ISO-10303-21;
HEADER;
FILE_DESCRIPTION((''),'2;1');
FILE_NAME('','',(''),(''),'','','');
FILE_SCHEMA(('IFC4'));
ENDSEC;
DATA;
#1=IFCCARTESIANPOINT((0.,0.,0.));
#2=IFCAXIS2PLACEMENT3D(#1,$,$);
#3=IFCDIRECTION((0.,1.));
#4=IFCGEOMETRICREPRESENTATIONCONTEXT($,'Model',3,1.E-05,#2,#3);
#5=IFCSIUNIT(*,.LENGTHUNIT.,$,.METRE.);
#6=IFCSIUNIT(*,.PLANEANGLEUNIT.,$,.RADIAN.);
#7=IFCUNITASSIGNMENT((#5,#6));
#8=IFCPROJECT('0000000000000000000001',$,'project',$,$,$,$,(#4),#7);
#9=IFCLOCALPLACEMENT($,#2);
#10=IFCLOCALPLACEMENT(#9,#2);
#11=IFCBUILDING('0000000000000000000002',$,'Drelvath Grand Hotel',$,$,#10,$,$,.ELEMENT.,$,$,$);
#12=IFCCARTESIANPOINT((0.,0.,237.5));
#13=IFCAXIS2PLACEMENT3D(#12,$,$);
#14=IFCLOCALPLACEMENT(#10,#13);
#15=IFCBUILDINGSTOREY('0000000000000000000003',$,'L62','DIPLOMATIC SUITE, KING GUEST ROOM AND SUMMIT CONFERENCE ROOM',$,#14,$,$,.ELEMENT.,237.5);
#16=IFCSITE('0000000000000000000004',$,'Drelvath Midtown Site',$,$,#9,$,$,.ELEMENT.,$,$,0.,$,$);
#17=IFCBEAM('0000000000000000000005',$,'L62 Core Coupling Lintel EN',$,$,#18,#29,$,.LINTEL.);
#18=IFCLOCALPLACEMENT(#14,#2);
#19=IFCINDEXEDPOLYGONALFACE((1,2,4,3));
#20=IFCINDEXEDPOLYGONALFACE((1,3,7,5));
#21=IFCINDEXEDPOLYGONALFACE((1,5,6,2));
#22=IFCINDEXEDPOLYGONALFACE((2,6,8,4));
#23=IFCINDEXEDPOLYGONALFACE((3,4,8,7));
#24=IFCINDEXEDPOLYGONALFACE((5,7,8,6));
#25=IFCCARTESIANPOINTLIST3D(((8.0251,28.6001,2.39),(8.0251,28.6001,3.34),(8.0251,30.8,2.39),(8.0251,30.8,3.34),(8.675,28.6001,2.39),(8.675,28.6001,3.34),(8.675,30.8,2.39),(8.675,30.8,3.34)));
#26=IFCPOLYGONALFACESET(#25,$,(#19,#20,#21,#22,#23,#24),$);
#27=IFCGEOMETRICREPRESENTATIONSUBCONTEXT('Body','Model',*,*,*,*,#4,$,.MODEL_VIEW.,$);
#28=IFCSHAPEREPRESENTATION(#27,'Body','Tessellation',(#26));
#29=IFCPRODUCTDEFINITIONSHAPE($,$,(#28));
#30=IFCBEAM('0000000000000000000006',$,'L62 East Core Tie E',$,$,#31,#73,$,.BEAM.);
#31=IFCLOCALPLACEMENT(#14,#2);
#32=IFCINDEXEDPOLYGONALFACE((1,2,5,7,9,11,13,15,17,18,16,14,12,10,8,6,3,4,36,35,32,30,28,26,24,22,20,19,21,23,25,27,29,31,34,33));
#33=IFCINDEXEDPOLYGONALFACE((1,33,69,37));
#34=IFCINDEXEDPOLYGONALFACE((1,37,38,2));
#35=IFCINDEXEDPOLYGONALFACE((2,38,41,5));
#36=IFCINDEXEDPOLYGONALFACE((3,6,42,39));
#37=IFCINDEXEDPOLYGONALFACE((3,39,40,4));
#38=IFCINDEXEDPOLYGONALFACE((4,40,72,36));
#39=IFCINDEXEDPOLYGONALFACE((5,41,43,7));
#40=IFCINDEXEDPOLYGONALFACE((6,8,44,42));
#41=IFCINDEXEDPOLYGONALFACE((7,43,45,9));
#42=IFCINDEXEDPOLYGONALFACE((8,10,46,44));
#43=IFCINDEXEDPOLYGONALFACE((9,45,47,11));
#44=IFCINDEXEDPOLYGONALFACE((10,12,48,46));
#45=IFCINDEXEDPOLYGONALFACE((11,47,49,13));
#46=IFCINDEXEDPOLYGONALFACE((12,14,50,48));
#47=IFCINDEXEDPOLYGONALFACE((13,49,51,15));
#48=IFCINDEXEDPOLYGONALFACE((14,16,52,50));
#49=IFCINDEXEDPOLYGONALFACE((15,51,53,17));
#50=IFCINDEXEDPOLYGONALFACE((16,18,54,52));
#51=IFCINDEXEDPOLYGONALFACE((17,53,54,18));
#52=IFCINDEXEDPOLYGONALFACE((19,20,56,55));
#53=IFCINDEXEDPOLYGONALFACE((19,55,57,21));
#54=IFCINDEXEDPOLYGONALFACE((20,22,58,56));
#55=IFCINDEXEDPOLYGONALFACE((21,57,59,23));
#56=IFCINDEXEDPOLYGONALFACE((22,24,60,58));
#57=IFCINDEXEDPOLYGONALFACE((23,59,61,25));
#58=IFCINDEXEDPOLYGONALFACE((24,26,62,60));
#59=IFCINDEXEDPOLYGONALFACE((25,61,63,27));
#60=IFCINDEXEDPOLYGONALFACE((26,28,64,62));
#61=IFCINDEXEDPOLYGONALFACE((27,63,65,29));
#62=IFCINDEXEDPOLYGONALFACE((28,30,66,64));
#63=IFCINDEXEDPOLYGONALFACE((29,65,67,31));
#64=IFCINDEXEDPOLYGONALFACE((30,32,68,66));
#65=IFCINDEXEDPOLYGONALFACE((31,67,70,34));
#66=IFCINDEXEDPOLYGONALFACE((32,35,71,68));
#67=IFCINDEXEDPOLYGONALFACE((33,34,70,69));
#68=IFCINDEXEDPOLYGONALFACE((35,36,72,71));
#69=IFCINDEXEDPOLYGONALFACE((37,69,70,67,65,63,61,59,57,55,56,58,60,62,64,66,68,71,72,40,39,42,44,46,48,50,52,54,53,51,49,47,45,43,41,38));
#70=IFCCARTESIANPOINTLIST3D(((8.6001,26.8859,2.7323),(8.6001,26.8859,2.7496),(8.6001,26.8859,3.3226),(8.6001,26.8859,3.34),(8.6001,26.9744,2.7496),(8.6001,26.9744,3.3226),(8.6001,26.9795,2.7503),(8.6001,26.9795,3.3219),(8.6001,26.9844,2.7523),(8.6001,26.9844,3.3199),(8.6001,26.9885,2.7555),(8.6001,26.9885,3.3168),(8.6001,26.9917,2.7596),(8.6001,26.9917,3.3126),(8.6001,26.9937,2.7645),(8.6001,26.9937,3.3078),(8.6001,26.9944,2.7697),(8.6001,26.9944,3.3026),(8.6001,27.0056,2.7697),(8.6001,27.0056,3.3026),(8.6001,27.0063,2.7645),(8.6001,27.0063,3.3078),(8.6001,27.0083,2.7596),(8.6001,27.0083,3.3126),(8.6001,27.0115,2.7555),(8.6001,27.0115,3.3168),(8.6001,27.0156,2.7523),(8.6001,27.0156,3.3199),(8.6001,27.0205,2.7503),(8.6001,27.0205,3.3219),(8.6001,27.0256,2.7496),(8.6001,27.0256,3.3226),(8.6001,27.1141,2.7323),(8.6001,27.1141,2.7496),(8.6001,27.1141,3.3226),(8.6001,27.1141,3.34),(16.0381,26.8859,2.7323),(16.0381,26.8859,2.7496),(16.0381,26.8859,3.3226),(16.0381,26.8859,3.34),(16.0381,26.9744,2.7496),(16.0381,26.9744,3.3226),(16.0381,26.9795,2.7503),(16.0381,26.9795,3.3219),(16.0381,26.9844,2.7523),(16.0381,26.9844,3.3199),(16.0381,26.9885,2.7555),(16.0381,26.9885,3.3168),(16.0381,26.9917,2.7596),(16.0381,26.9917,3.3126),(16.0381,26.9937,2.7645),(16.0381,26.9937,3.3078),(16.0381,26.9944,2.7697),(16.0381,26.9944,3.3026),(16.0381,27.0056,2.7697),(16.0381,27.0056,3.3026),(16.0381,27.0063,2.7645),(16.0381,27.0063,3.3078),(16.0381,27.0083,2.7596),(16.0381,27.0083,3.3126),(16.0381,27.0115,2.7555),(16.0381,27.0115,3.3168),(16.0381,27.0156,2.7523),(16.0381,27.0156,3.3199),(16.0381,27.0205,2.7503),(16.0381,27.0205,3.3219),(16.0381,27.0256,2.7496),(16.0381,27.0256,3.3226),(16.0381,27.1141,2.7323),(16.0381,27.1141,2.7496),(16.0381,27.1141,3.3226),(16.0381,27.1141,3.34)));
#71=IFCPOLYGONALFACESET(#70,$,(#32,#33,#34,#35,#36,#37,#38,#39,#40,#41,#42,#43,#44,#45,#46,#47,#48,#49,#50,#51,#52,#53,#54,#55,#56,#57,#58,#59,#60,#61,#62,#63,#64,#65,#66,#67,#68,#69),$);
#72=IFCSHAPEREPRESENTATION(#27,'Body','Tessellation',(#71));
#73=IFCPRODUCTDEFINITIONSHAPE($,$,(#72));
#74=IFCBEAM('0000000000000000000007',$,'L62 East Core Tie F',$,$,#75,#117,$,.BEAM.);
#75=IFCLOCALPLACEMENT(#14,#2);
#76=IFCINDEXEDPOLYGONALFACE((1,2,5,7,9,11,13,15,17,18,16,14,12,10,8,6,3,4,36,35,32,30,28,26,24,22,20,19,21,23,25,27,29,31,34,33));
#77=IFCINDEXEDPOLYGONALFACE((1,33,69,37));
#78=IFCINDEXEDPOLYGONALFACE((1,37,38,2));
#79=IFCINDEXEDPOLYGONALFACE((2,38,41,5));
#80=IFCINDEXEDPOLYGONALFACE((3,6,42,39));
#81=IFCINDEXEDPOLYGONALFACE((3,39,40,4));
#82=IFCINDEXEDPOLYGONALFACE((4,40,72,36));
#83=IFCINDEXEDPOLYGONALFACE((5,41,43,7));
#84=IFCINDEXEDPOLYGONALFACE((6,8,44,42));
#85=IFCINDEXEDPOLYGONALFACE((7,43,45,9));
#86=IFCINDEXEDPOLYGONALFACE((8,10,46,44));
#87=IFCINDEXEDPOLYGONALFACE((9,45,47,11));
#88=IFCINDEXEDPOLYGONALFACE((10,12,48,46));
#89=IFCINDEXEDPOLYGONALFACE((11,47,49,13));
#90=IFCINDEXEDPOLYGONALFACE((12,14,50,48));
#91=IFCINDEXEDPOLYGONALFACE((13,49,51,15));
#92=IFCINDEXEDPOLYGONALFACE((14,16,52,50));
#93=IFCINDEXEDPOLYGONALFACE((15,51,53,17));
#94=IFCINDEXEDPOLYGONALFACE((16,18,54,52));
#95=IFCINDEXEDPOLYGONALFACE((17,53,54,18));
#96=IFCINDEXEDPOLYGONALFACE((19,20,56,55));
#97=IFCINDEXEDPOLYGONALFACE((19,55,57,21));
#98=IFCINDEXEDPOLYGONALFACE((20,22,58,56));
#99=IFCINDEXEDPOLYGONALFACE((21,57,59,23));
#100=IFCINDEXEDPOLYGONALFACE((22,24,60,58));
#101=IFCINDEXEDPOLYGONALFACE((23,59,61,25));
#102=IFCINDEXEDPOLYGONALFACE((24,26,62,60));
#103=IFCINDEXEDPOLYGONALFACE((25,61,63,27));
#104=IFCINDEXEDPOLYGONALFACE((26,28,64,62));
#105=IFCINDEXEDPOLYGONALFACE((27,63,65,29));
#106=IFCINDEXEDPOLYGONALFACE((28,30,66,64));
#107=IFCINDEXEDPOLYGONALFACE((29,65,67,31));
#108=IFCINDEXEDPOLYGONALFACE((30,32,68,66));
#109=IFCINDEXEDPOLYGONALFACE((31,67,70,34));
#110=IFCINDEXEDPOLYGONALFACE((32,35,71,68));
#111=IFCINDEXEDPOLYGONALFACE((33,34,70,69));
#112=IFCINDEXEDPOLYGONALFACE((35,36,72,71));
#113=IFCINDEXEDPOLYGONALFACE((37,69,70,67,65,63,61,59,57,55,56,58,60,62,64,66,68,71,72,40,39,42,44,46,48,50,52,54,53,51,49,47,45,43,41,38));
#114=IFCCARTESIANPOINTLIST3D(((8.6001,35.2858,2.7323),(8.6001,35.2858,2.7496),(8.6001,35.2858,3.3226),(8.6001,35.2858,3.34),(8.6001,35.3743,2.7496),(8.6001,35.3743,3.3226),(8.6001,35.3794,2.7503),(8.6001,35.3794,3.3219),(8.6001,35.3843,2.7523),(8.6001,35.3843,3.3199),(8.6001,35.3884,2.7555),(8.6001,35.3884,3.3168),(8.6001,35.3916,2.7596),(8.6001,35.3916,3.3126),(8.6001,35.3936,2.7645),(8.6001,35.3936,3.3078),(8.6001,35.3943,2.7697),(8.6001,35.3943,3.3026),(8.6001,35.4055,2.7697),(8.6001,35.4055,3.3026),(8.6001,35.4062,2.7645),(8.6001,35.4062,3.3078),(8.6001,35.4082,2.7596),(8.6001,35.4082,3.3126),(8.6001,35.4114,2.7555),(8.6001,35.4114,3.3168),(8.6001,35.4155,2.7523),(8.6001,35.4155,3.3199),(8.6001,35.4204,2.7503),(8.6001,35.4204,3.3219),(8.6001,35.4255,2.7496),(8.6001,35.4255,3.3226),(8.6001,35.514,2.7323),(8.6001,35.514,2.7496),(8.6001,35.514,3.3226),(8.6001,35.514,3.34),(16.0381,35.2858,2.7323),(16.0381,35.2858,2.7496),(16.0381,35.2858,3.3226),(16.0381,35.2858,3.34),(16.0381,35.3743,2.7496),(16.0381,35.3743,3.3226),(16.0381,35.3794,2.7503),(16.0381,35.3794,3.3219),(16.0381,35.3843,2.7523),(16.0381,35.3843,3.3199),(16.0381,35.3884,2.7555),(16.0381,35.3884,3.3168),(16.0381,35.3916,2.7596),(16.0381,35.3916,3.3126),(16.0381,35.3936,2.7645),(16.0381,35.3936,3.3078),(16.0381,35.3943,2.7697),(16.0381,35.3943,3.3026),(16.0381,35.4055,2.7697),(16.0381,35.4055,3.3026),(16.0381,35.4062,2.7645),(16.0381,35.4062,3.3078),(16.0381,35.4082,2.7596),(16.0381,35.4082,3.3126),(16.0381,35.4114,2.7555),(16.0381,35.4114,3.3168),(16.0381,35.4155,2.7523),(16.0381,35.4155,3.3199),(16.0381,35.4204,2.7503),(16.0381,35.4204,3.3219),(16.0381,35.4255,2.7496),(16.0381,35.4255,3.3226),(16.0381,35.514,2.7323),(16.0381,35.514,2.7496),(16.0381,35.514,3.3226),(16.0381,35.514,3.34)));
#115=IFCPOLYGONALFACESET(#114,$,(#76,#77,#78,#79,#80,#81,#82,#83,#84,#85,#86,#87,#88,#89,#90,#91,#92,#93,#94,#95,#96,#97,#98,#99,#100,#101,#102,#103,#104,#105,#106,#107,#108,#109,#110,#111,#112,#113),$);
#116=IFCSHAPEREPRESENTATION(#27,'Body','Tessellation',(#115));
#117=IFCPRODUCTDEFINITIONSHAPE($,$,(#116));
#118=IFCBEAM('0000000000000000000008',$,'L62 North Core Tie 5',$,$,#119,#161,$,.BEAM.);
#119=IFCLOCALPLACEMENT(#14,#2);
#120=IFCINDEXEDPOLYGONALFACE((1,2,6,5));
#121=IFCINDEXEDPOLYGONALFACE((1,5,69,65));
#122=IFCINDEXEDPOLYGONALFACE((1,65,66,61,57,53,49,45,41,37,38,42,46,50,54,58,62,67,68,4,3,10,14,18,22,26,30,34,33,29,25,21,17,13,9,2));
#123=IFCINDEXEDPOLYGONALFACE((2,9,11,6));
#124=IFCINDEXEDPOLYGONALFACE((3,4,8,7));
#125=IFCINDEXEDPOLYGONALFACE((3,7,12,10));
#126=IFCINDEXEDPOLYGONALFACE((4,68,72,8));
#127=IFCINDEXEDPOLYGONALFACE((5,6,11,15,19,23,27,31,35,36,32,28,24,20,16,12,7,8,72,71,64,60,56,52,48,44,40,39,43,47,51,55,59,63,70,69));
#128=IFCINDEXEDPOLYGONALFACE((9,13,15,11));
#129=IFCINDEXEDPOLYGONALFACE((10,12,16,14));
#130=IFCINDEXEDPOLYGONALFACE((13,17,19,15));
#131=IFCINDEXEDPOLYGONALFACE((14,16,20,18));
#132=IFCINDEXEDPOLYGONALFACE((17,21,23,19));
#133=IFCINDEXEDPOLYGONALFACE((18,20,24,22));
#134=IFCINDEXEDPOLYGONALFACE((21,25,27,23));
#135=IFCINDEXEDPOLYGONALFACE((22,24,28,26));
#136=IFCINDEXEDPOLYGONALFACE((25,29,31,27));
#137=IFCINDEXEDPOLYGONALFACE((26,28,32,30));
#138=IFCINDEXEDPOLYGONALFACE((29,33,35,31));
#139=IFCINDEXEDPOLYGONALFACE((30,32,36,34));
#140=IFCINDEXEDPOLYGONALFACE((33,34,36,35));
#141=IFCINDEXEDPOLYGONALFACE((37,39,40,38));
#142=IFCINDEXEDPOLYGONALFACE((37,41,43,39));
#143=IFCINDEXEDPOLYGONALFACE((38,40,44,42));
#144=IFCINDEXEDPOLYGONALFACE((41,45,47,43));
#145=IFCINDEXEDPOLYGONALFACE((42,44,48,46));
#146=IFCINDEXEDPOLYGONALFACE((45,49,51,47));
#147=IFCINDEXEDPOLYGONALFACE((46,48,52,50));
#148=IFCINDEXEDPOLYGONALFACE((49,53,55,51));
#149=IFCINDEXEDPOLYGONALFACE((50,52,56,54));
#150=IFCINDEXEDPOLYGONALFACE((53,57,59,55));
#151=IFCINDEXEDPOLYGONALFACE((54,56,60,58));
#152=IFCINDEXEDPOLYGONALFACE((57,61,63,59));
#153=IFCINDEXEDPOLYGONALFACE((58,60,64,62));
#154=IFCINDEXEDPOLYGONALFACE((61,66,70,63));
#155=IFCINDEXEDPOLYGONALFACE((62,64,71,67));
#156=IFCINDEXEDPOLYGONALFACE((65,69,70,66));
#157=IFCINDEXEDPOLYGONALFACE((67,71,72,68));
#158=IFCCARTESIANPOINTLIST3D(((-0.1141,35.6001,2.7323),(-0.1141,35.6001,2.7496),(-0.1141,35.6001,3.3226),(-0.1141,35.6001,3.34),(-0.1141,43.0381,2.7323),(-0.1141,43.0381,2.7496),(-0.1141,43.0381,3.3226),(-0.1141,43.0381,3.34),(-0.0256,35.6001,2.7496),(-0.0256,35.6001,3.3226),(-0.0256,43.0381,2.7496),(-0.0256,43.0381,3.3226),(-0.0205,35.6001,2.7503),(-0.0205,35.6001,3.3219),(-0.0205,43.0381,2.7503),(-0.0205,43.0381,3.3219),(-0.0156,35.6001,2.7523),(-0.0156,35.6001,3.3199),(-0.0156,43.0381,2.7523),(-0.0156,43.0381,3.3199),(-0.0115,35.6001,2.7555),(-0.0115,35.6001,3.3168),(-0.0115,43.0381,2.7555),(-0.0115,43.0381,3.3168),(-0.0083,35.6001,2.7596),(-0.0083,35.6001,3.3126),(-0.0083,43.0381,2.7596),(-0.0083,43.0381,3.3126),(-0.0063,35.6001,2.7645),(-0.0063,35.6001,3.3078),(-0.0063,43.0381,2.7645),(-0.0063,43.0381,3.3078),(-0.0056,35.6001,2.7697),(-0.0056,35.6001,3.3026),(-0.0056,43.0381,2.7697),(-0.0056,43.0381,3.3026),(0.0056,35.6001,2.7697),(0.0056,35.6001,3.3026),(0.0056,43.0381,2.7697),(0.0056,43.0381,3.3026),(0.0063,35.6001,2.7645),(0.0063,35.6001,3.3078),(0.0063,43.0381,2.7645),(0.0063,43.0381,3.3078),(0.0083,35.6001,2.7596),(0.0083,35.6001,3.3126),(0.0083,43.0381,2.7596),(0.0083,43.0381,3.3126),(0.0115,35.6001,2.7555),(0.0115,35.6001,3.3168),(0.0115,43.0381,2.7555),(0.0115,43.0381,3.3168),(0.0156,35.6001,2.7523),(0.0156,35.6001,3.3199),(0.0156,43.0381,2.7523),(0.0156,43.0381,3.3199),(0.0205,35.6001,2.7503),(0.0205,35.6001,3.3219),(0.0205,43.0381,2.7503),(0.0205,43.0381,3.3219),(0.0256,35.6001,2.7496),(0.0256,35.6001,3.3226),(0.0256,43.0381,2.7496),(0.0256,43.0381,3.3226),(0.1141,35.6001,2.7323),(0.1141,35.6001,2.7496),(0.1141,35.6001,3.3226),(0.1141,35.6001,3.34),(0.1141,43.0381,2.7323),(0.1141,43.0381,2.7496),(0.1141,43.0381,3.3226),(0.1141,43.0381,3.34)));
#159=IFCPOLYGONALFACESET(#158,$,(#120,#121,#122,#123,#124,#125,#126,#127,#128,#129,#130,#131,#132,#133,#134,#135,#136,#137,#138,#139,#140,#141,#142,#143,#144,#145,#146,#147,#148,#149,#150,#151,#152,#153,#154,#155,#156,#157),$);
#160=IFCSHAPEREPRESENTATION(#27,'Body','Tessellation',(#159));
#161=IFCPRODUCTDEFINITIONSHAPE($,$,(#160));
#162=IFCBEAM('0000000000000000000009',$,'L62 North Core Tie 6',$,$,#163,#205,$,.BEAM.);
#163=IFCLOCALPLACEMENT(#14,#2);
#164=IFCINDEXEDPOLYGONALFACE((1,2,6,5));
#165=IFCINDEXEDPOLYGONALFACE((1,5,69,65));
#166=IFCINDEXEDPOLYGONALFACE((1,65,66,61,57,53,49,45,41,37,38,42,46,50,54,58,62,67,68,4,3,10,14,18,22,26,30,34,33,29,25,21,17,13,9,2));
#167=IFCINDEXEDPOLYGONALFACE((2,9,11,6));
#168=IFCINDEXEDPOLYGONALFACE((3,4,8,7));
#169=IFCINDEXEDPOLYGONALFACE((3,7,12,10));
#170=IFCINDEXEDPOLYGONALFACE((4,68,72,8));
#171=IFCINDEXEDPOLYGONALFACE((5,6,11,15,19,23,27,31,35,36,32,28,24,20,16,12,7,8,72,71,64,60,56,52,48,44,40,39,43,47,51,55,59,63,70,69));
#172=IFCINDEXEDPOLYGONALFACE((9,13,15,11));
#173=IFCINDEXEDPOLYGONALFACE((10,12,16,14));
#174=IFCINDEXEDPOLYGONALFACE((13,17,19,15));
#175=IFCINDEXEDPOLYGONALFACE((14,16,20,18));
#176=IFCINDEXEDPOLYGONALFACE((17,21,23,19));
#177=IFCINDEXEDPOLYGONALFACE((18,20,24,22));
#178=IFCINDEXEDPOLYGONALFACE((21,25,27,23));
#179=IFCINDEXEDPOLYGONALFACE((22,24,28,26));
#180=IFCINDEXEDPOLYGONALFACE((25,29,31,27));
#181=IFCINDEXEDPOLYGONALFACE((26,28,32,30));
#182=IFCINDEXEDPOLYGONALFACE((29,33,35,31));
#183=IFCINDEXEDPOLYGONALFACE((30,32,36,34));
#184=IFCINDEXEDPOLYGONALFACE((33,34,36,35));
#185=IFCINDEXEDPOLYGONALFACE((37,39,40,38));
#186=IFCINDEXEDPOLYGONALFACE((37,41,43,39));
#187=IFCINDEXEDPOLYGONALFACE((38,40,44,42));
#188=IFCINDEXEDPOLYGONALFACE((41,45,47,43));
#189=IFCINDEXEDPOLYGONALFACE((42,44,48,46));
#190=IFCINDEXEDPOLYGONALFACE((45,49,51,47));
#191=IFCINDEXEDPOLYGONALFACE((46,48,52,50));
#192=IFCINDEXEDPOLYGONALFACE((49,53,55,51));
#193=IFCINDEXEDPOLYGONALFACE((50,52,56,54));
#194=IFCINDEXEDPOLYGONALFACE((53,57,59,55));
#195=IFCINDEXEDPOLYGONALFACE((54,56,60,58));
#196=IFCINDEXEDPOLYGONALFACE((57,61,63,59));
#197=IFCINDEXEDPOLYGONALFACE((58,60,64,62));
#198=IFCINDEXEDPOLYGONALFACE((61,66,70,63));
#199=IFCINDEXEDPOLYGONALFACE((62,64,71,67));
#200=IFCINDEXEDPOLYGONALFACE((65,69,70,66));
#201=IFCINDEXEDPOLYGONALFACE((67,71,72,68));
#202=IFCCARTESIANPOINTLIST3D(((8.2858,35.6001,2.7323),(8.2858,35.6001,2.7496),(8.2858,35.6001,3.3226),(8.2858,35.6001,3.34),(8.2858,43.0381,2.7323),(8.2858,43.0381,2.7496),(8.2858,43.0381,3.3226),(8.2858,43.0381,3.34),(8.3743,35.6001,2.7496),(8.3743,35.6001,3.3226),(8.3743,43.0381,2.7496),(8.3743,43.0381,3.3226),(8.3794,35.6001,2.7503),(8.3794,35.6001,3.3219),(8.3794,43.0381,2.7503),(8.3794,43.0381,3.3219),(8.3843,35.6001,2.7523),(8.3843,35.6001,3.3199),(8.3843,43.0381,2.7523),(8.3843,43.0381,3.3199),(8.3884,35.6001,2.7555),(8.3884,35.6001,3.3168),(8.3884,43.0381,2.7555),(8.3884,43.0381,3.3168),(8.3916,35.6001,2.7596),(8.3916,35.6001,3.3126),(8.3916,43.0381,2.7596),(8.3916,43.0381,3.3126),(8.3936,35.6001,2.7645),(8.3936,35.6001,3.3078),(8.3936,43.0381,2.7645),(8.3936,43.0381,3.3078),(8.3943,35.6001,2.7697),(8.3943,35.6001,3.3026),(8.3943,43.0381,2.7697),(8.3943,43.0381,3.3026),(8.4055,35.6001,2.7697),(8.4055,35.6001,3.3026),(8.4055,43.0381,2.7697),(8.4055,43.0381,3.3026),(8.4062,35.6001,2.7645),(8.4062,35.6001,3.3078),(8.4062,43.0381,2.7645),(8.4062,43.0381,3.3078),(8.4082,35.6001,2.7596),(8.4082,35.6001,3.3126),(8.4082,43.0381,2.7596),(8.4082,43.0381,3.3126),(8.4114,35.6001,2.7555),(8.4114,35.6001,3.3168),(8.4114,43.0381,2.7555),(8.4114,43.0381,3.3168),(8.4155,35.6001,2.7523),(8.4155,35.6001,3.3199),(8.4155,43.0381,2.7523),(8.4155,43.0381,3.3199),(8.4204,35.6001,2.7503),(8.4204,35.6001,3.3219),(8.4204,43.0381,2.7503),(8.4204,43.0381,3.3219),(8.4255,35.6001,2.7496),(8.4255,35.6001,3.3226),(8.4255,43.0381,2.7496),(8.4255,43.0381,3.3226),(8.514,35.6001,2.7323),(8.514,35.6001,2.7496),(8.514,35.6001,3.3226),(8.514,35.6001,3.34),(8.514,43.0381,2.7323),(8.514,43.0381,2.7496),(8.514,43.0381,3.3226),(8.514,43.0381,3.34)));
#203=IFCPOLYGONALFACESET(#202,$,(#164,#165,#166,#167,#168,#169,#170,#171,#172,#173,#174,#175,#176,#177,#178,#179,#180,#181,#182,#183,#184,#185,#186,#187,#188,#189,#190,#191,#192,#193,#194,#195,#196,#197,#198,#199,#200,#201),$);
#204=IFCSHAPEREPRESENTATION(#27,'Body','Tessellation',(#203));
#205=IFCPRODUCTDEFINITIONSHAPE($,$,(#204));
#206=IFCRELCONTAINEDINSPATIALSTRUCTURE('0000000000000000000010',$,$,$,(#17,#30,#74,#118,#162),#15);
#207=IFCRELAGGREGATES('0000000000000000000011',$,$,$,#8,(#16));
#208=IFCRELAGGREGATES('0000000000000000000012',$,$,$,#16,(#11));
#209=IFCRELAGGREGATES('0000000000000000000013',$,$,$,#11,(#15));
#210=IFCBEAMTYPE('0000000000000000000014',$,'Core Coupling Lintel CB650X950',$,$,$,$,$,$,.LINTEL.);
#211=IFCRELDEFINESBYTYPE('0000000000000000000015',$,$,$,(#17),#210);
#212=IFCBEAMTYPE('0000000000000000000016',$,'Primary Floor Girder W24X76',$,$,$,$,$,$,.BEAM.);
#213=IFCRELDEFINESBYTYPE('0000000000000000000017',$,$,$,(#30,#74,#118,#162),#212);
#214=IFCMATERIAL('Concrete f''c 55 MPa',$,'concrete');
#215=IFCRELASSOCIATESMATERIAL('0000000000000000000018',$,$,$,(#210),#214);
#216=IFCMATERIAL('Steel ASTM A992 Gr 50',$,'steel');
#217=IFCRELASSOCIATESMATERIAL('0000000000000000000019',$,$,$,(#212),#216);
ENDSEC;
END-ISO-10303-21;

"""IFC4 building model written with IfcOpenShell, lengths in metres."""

from ifc_helpers import new_model, si_unit, direction, frame, origin, origin_2d, place, context, subcontext, project, spatial, rectangle, i_section, extrude, material, material_profile, profile_set, type_object, element, save


model = new_model("IFC4")

# Units and contexts
model_context = context("Model", 3, precision=1e-05, world=origin(), true_north=direction((0.0, 1.0)))
body_context = subcontext(model_context, "Body", "Model", "MODEL_VIEW")
ifc_project = project(units=[si_unit("LENGTHUNIT", "METRE"), si_unit("PLANEANGLEUNIT", "RADIAN")], contexts=[model_context])

# Site, building, storey
site_placement = place(None, origin())
site = spatial("IfcSite", under=ifc_project, at=site_placement, Name="Drelvath Midtown Site", CompositionType="ELEMENT", RefElevation=0.0)
building_placement = place(site_placement, origin())
building = spatial("IfcBuilding", under=site, at=building_placement, Name="Drelvath Grand Hotel", CompositionType="ELEMENT")
storey_placement = place(building_placement, frame((0.0, 0.0, 237.5)))
storey = spatial("IfcBuildingStorey", under=building, at=storey_placement, Name="L62", Description="DIPLOMATIC SUITE, KING GUEST ROOM AND SUMMIT CONFERENCE ROOM", CompositionType="ELEMENT", Elevation=237.5)

# Beams
ifc_material_1 = material(Name="Concrete f'c 55 MPa", Category="concrete")
ifc_material_profile_1 = material_profile(ifc_material_1, rectangle(XDim=0.6499, YDim=0.95, at=origin_2d()), Name="CB650X950")
ifc_profile_set_1 = profile_set([ifc_material_profile_1], Name="Concrete f'c 55 MPa")
beam_type_1 = type_object("IfcBeamType", Name="Core Coupling Lintel CB650X950", PredefinedType="LINTEL", material=ifc_profile_set_1)
beam_placement = place(storey_placement, frame((8.3501, 28.6001, 2.865), z_axis=(0.0, 1.0, 0.0), x_axis=(-1.0, 0.0, 0.0)))
element("IfcBeam", 1, at=beam_placement, inside=storey, type_object=beam_type_1, Name="L62 Core Coupling Lintel EN", PredefinedType="LINTEL", context=body_context, shape_type="SweptSolid", body=[
    extrude(rectangle(XDim=0.6499, YDim=0.95, at=origin_2d()), origin(), (0.0, 0.0, 1.0), 2.2),
])
ifc_material_2 = material(Name="Steel ASTM A992 Gr 50", Category="steel")
ifc_material_profile_2 = material_profile(ifc_material_2, i_section(OverallWidth=0.2283, OverallDepth=0.6077, WebThickness=0.0112, FlangeThickness=0.0173, FilletRadius=0.02, at=origin_2d()), Name="W24X76")
ifc_profile_set_2 = profile_set([ifc_material_profile_2], Name="Steel ASTM A992 Gr 50")
beam_type_2 = type_object("IfcBeamType", Name="Primary Floor Girder W24X76", PredefinedType="BEAM", material=ifc_profile_set_2)
for number, where, z_axis, x_axis, name in (
    (2, (8.6001, 27.0, 3.0361), (1.0, 0.0, 0.0), (0.0, 1.0, 0.0), "L62 East Core Tie E"),
    (3, (8.6001, 35.3999, 3.0361), (1.0, 0.0, 0.0), (0.0, 1.0, 0.0), "L62 East Core Tie F"),
    (4, (0.0, 35.6001, 3.0361), (0.0, 1.0, 0.0), (-1.0, 0.0, 0.0), "L62 North Core Tie 5"),
    (5, (8.3999, 35.6001, 3.0361), (0.0, 1.0, 0.0), (-1.0, 0.0, 0.0), "L62 North Core Tie 6"),
):
    element("IfcBeam", number, at=place(storey_placement, frame(where, z_axis=z_axis, x_axis=x_axis)), inside=storey, type_object=beam_type_2, Name=name, PredefinedType="BEAM", context=body_context, shape_type="SweptSolid", body=[
        extrude(i_section(OverallWidth=0.2283, OverallDepth=0.6077, WebThickness=0.0112, FlangeThickness=0.0173, FilletRadius=0.02, at=origin_2d()), origin(), (0.0, 0.0, 1.0), 7.438),
    ])

save(model, "model.ifc")
